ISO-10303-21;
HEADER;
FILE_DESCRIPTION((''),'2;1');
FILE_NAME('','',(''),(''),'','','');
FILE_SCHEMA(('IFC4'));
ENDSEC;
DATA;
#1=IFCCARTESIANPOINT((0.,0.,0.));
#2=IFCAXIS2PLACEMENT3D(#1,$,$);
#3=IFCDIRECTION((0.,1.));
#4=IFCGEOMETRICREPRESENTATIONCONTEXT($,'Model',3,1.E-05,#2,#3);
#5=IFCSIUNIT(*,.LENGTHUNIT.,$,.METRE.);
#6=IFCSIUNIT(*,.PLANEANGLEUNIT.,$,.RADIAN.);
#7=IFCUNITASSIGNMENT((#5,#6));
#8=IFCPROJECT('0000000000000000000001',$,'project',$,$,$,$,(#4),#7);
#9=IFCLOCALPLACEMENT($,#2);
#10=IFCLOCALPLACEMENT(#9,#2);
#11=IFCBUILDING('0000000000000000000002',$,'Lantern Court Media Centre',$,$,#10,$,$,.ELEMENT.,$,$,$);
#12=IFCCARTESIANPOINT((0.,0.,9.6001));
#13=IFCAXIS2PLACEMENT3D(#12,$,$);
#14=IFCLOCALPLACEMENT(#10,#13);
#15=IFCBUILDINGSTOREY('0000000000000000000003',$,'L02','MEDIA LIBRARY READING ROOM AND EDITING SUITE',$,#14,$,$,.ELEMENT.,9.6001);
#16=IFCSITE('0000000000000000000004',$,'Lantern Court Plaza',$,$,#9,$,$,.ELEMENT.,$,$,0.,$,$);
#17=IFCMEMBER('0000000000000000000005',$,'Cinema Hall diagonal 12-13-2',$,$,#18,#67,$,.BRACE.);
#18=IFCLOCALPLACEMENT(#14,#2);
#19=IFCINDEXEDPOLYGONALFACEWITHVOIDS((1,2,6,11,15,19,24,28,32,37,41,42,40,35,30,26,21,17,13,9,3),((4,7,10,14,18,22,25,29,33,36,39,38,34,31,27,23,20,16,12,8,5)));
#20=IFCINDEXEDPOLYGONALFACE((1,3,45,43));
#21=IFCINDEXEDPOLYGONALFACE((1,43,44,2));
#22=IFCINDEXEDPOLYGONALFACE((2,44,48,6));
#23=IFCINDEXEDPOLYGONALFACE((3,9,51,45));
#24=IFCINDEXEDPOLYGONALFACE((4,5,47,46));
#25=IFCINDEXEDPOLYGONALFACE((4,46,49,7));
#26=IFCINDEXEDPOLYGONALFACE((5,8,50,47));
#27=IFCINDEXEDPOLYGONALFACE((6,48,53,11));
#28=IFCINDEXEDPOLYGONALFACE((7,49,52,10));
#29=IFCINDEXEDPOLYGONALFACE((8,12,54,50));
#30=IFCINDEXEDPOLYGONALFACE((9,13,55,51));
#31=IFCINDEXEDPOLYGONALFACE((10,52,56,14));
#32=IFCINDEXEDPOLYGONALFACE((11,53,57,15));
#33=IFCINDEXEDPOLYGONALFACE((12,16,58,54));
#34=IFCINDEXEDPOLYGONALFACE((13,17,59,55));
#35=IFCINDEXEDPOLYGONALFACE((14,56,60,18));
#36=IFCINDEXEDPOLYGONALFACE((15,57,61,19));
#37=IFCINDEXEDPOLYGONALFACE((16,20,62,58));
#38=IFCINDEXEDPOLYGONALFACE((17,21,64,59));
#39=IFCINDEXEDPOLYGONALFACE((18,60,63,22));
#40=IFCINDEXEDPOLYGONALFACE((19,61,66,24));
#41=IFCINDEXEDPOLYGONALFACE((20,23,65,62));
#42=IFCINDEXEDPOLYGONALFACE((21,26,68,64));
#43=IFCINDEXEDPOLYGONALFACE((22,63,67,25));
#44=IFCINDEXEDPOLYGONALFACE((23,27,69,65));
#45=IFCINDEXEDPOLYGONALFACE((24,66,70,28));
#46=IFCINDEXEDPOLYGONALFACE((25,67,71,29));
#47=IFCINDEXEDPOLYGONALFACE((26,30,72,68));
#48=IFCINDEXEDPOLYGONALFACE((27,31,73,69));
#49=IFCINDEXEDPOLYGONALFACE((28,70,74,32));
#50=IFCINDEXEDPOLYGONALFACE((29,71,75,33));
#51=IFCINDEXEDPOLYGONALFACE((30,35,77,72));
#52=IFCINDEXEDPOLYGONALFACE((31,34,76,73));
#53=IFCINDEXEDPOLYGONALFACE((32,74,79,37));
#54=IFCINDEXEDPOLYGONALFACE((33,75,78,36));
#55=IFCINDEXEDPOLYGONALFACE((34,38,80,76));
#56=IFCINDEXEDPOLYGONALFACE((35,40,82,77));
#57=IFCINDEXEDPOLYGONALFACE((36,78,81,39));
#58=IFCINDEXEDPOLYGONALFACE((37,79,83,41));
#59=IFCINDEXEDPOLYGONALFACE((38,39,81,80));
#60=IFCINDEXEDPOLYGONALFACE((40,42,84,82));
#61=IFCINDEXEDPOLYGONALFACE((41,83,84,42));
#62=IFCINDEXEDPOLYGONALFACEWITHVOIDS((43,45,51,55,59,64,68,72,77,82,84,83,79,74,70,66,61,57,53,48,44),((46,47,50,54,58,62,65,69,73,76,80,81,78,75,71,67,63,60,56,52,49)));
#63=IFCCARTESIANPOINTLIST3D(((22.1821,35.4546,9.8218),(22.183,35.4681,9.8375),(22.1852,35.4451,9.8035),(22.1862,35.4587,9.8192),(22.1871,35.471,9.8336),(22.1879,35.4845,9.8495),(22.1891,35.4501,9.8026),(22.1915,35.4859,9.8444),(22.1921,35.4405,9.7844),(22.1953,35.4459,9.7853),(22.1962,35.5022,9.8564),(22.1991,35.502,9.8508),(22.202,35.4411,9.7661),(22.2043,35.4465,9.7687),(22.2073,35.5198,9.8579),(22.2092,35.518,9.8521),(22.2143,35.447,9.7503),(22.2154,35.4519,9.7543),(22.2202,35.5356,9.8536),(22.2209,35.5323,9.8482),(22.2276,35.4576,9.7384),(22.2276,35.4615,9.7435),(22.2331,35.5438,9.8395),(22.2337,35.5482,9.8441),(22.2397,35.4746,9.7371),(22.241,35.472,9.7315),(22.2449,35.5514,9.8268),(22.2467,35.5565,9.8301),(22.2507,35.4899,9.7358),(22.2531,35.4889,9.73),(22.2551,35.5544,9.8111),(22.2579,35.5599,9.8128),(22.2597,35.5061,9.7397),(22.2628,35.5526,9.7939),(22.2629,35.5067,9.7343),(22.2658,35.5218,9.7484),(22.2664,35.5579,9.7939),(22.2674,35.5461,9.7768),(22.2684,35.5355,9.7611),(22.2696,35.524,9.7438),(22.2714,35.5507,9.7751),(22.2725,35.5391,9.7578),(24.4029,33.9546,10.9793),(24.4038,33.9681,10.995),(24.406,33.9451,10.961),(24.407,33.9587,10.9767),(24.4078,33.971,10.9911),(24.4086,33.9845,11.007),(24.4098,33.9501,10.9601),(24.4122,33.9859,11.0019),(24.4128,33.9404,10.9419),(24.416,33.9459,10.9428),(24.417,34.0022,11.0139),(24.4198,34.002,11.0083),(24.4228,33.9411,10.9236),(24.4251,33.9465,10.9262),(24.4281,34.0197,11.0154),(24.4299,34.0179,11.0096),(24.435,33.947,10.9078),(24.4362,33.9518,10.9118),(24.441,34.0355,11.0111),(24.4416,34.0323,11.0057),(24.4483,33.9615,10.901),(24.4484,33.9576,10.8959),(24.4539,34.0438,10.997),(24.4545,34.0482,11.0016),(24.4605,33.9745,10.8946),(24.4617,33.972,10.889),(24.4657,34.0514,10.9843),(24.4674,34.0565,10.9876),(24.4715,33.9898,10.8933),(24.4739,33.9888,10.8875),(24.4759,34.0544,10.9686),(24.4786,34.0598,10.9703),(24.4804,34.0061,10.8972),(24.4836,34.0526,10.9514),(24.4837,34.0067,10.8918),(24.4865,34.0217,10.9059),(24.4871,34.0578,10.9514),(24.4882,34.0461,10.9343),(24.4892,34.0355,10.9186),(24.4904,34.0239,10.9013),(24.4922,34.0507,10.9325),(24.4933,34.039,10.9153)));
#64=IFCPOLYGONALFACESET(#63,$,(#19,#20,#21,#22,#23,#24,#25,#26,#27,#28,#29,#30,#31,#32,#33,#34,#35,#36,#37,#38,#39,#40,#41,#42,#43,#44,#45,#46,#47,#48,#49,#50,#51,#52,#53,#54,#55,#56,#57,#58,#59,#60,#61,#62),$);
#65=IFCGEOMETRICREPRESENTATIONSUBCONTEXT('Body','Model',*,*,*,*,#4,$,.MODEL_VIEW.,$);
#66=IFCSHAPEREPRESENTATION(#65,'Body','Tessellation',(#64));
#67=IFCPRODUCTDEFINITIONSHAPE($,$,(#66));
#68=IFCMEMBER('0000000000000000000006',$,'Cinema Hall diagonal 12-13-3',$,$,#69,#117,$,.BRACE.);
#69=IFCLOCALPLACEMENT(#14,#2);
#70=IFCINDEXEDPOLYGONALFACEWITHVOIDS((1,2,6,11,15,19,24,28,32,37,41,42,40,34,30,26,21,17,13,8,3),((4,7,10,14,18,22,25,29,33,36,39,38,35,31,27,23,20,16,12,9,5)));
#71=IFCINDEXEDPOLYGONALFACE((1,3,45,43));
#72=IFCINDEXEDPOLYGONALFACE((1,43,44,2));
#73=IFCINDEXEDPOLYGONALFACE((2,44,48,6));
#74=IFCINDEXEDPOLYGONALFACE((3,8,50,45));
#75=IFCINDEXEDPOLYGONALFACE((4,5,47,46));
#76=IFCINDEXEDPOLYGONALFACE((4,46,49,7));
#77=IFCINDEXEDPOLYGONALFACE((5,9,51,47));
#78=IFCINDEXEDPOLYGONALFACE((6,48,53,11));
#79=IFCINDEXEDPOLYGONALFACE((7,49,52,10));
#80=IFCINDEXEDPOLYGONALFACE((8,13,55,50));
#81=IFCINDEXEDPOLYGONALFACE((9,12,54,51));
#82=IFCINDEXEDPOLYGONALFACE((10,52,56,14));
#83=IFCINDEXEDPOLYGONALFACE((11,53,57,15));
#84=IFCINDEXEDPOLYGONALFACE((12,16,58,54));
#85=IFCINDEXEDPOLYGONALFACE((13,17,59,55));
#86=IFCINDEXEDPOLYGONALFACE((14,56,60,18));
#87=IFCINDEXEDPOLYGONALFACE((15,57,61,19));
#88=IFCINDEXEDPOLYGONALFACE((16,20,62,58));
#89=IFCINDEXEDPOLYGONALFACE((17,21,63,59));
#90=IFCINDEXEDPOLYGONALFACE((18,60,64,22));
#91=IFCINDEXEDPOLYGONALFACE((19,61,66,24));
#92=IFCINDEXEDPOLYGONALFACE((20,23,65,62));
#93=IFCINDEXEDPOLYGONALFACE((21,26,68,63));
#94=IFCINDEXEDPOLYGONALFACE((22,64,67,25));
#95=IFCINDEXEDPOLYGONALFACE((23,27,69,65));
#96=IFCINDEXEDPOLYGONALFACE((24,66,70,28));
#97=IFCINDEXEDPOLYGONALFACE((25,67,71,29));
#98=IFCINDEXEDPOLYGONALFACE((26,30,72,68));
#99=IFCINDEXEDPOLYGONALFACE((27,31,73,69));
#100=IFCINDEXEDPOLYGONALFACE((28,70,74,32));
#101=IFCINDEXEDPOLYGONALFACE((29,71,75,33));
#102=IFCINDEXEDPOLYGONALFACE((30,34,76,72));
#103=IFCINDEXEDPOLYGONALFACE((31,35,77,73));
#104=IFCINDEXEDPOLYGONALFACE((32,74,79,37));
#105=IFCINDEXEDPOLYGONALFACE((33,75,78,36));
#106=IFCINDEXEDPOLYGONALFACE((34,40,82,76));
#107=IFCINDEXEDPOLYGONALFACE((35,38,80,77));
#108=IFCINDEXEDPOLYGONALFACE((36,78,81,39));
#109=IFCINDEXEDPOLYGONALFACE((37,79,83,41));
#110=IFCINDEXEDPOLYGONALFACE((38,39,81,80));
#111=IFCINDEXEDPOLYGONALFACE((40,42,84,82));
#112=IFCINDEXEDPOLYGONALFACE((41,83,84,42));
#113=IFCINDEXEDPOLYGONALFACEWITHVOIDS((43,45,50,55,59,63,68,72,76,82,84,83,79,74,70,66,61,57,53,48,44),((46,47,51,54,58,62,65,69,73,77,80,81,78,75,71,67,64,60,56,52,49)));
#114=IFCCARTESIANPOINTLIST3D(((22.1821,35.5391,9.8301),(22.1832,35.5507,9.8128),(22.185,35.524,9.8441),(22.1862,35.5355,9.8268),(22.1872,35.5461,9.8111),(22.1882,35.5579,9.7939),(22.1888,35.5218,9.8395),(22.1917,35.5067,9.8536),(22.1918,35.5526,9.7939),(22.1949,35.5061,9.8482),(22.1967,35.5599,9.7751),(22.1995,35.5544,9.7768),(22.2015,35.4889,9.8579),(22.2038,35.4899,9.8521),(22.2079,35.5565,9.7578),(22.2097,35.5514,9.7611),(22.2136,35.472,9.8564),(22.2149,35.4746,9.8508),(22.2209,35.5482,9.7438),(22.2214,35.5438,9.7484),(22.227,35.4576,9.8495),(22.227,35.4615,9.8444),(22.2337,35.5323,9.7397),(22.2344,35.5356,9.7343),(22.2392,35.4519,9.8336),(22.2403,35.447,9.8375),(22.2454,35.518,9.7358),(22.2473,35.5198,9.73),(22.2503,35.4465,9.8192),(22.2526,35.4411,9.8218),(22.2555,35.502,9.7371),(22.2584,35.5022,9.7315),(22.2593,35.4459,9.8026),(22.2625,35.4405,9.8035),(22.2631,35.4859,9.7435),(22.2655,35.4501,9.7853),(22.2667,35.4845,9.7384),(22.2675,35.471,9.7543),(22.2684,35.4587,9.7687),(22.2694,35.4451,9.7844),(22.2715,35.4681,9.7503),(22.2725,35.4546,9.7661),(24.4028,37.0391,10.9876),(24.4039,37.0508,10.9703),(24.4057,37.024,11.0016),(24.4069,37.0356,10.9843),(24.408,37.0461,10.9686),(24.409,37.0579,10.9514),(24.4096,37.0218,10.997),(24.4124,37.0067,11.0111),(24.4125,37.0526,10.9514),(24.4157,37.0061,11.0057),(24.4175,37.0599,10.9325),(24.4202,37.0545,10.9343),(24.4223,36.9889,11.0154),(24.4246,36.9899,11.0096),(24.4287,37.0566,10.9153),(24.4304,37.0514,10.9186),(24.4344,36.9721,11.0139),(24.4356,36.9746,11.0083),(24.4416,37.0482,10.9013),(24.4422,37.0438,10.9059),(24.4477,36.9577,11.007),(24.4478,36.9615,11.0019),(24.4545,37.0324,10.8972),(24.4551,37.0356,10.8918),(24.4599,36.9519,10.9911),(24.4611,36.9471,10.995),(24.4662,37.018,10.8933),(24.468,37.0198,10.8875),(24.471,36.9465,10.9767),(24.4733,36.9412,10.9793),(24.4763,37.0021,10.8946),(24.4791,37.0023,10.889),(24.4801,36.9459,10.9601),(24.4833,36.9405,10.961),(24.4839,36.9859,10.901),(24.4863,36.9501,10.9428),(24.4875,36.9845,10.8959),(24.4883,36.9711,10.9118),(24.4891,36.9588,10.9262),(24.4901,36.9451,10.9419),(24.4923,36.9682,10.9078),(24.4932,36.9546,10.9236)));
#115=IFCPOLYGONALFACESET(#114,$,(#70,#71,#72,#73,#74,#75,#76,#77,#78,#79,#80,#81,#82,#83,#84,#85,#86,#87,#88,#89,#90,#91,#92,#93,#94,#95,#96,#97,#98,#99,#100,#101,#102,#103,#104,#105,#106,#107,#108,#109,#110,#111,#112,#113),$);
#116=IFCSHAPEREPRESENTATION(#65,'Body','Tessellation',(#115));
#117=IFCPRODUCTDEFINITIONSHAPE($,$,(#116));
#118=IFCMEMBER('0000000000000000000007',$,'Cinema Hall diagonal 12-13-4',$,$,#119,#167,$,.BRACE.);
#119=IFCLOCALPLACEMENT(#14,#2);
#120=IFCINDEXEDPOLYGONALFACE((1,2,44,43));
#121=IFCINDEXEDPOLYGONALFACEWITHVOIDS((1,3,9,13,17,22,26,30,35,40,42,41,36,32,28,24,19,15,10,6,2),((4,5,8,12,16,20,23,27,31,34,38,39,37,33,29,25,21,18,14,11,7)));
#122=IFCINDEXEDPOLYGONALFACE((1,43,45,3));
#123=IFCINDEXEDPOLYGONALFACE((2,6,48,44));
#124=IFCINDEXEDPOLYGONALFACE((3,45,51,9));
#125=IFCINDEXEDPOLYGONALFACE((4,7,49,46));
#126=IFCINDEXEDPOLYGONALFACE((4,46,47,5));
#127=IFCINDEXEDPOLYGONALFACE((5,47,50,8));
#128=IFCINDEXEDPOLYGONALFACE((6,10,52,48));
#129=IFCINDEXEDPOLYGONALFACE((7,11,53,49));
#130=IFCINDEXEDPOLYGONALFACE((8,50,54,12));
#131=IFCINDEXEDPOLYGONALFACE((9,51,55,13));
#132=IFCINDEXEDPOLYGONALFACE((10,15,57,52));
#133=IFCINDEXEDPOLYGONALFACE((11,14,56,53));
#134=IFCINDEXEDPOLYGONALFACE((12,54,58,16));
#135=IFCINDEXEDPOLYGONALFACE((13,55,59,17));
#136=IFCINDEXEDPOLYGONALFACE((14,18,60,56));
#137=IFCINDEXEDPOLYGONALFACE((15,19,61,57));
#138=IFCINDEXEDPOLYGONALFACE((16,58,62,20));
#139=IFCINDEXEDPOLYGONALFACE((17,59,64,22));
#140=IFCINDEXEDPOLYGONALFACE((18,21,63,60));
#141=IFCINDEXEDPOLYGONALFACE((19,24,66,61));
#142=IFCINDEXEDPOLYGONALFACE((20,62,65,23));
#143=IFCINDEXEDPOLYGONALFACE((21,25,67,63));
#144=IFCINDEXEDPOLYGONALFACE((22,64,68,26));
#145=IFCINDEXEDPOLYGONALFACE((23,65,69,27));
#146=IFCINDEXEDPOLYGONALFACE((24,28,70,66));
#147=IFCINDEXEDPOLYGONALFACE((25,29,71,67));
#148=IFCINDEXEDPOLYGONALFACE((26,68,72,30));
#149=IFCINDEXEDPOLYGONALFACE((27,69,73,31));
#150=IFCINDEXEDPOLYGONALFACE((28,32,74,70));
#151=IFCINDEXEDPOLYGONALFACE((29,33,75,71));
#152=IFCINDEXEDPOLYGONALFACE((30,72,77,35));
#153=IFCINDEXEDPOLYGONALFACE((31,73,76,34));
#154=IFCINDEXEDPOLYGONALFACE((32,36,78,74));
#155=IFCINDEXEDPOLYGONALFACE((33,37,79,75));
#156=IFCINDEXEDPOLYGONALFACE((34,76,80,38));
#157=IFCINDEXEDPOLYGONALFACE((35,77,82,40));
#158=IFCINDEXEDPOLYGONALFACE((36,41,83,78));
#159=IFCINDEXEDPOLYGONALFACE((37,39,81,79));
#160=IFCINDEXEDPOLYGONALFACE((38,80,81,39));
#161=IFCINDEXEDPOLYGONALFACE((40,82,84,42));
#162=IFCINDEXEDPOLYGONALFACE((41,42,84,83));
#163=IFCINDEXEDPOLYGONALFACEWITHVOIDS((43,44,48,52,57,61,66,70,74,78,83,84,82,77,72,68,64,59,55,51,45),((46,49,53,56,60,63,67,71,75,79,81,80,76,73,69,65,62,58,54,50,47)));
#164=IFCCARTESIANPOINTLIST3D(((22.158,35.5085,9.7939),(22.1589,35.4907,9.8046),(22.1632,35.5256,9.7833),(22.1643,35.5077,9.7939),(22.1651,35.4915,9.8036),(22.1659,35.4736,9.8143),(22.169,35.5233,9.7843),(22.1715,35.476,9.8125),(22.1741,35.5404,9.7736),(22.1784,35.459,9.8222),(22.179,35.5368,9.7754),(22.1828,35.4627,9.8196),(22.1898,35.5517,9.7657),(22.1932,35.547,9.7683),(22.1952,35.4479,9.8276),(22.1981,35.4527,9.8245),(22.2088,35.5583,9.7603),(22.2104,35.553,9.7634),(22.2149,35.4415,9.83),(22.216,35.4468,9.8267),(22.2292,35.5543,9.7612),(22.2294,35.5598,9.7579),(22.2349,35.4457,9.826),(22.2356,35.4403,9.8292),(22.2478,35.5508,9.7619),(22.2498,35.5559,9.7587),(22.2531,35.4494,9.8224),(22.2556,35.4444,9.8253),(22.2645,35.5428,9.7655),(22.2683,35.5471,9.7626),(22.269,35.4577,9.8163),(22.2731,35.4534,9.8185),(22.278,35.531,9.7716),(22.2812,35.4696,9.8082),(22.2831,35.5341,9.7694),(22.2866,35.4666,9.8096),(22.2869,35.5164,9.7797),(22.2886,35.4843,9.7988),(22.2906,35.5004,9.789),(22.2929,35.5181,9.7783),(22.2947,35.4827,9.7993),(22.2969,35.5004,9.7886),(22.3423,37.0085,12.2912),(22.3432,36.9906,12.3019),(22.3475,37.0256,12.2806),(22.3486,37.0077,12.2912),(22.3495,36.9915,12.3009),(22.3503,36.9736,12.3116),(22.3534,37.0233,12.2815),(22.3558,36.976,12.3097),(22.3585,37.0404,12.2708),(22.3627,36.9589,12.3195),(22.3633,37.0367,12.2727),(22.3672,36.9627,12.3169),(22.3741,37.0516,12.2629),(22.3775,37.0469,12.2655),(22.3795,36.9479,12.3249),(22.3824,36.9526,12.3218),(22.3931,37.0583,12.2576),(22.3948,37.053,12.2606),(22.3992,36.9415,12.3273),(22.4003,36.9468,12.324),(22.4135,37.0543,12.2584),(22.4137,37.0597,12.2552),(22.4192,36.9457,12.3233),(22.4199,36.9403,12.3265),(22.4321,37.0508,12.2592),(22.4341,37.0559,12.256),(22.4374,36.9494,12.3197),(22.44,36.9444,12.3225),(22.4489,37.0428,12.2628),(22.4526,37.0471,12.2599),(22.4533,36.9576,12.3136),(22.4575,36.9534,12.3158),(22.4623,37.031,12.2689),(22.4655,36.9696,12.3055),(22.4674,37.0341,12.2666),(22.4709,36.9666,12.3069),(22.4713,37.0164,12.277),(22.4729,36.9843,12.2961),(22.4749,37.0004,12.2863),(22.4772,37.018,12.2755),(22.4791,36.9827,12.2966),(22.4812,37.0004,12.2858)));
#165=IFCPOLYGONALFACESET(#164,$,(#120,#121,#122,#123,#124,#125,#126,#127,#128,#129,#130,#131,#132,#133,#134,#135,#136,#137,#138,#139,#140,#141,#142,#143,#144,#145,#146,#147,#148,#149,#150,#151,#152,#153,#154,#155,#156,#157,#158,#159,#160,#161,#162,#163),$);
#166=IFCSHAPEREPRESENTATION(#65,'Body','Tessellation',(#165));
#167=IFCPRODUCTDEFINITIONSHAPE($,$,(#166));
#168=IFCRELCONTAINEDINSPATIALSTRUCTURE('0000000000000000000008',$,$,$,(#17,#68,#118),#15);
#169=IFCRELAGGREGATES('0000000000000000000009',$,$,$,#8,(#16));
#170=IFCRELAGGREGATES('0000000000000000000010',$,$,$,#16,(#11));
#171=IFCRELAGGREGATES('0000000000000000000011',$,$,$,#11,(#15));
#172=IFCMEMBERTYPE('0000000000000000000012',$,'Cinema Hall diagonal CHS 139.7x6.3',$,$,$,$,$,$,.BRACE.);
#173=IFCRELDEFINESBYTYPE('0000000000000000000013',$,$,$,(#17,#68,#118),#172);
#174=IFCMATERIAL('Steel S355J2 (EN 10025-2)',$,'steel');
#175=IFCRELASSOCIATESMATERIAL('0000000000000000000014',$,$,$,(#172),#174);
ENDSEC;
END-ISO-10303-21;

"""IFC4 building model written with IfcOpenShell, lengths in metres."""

from ifc_helpers import new_model, si_unit, direction, frame, origin, origin_2d, place, context, subcontext, project, spatial, hollow_circle, extrude, material, material_profile, profile_set, type_object, element, save


model = new_model("IFC4")

# Units and contexts
model_context = context("Model", 3, precision=1e-05, world=origin(), true_north=direction((0.0, 1.0)))
body_context = subcontext(model_context, "Body", "Model", "MODEL_VIEW")
ifc_project = project(units=[si_unit("LENGTHUNIT", "METRE"), si_unit("PLANEANGLEUNIT", "RADIAN")], contexts=[model_context])

# Site, building, storey
site_placement = place(None, origin())
site = spatial("IfcSite", under=ifc_project, at=site_placement, Name="Lantern Court Plaza", CompositionType="ELEMENT", RefElevation=0.0)
building_placement = place(site_placement, origin())
building = spatial("IfcBuilding", under=site, at=building_placement, Name="Lantern Court Media Centre", CompositionType="ELEMENT")
storey_placement = place(building_placement, frame((0.0, 0.0, 9.6001)))
storey = spatial("IfcBuildingStorey", under=building, at=storey_placement, Name="L02", Description="MEDIA LIBRARY READING ROOM AND EDITING SUITE", CompositionType="ELEMENT", Elevation=9.6001)

# Members
ifc_material = material(Name="Steel S355J2 (EN 10025-2)", Category="steel")
ifc_material_profile_1 = material_profile(ifc_material, hollow_circle(Radius=0.0698, WallThickness=0.0063, at=origin_2d()), Name="Cinema Hall diagonal CHS 139.7x6.3")
ifc_profile_set_1 = profile_set([ifc_material_profile_1], Name="Steel S355J2 (EN 10025-2)")
member_type_1 = type_object("IfcMemberType", Name="Cinema Hall diagonal CHS 139.7x6.3", PredefinedType="BRACE", material=ifc_profile_set_1)
for number, where, z_axis, x_axis, name in (
    (1, (22.2273, 35.5, 9.7939), (0.760744, -0.513854, 0.396514), (0.559736, 0.828671, 0.0), "Cinema Hall diagonal 12-13-2"),
    (2, (22.2273, 35.5, 9.7939), (0.760744, 0.513854, 0.396514), (-0.559736, 0.828671, 0.0), "Cinema Hall diagonal 12-13-3"),
):
    element("IfcMember", number, at=place(storey_placement, frame(where, z_axis=z_axis, x_axis=x_axis)), inside=storey, type_object=member_type_1, Name=name, PredefinedType="BRACE", context=body_context, shape_type="SweptSolid", body=[
        extrude(hollow_circle(Radius=0.0698, WallThickness=0.0063, at=origin_2d()), origin(), (0.0, 0.0, 1.0), 2.9192),
    ])
for number, where, z_axis, x_axis, name in (
    (3, (22.2273, 35.5, 9.7939), (0.063147, 0.513875, 0.855538), (-0.992534, 0.121967, 0.0), "Cinema Hall diagonal 12-13-4"),
):
    element("IfcMember", number, at=place(storey_placement, frame(where, z_axis=z_axis, x_axis=x_axis)), inside=storey, type_object=member_type_1, Name=name, PredefinedType="BRACE", context=body_context, shape_type="SweptSolid", body=[
        extrude(hollow_circle(Radius=0.0698, WallThickness=0.0063, at=origin_2d()), origin(), (0.0, 0.0, 1.0), 2.9189),
    ])

save(model, "model.ifc")
